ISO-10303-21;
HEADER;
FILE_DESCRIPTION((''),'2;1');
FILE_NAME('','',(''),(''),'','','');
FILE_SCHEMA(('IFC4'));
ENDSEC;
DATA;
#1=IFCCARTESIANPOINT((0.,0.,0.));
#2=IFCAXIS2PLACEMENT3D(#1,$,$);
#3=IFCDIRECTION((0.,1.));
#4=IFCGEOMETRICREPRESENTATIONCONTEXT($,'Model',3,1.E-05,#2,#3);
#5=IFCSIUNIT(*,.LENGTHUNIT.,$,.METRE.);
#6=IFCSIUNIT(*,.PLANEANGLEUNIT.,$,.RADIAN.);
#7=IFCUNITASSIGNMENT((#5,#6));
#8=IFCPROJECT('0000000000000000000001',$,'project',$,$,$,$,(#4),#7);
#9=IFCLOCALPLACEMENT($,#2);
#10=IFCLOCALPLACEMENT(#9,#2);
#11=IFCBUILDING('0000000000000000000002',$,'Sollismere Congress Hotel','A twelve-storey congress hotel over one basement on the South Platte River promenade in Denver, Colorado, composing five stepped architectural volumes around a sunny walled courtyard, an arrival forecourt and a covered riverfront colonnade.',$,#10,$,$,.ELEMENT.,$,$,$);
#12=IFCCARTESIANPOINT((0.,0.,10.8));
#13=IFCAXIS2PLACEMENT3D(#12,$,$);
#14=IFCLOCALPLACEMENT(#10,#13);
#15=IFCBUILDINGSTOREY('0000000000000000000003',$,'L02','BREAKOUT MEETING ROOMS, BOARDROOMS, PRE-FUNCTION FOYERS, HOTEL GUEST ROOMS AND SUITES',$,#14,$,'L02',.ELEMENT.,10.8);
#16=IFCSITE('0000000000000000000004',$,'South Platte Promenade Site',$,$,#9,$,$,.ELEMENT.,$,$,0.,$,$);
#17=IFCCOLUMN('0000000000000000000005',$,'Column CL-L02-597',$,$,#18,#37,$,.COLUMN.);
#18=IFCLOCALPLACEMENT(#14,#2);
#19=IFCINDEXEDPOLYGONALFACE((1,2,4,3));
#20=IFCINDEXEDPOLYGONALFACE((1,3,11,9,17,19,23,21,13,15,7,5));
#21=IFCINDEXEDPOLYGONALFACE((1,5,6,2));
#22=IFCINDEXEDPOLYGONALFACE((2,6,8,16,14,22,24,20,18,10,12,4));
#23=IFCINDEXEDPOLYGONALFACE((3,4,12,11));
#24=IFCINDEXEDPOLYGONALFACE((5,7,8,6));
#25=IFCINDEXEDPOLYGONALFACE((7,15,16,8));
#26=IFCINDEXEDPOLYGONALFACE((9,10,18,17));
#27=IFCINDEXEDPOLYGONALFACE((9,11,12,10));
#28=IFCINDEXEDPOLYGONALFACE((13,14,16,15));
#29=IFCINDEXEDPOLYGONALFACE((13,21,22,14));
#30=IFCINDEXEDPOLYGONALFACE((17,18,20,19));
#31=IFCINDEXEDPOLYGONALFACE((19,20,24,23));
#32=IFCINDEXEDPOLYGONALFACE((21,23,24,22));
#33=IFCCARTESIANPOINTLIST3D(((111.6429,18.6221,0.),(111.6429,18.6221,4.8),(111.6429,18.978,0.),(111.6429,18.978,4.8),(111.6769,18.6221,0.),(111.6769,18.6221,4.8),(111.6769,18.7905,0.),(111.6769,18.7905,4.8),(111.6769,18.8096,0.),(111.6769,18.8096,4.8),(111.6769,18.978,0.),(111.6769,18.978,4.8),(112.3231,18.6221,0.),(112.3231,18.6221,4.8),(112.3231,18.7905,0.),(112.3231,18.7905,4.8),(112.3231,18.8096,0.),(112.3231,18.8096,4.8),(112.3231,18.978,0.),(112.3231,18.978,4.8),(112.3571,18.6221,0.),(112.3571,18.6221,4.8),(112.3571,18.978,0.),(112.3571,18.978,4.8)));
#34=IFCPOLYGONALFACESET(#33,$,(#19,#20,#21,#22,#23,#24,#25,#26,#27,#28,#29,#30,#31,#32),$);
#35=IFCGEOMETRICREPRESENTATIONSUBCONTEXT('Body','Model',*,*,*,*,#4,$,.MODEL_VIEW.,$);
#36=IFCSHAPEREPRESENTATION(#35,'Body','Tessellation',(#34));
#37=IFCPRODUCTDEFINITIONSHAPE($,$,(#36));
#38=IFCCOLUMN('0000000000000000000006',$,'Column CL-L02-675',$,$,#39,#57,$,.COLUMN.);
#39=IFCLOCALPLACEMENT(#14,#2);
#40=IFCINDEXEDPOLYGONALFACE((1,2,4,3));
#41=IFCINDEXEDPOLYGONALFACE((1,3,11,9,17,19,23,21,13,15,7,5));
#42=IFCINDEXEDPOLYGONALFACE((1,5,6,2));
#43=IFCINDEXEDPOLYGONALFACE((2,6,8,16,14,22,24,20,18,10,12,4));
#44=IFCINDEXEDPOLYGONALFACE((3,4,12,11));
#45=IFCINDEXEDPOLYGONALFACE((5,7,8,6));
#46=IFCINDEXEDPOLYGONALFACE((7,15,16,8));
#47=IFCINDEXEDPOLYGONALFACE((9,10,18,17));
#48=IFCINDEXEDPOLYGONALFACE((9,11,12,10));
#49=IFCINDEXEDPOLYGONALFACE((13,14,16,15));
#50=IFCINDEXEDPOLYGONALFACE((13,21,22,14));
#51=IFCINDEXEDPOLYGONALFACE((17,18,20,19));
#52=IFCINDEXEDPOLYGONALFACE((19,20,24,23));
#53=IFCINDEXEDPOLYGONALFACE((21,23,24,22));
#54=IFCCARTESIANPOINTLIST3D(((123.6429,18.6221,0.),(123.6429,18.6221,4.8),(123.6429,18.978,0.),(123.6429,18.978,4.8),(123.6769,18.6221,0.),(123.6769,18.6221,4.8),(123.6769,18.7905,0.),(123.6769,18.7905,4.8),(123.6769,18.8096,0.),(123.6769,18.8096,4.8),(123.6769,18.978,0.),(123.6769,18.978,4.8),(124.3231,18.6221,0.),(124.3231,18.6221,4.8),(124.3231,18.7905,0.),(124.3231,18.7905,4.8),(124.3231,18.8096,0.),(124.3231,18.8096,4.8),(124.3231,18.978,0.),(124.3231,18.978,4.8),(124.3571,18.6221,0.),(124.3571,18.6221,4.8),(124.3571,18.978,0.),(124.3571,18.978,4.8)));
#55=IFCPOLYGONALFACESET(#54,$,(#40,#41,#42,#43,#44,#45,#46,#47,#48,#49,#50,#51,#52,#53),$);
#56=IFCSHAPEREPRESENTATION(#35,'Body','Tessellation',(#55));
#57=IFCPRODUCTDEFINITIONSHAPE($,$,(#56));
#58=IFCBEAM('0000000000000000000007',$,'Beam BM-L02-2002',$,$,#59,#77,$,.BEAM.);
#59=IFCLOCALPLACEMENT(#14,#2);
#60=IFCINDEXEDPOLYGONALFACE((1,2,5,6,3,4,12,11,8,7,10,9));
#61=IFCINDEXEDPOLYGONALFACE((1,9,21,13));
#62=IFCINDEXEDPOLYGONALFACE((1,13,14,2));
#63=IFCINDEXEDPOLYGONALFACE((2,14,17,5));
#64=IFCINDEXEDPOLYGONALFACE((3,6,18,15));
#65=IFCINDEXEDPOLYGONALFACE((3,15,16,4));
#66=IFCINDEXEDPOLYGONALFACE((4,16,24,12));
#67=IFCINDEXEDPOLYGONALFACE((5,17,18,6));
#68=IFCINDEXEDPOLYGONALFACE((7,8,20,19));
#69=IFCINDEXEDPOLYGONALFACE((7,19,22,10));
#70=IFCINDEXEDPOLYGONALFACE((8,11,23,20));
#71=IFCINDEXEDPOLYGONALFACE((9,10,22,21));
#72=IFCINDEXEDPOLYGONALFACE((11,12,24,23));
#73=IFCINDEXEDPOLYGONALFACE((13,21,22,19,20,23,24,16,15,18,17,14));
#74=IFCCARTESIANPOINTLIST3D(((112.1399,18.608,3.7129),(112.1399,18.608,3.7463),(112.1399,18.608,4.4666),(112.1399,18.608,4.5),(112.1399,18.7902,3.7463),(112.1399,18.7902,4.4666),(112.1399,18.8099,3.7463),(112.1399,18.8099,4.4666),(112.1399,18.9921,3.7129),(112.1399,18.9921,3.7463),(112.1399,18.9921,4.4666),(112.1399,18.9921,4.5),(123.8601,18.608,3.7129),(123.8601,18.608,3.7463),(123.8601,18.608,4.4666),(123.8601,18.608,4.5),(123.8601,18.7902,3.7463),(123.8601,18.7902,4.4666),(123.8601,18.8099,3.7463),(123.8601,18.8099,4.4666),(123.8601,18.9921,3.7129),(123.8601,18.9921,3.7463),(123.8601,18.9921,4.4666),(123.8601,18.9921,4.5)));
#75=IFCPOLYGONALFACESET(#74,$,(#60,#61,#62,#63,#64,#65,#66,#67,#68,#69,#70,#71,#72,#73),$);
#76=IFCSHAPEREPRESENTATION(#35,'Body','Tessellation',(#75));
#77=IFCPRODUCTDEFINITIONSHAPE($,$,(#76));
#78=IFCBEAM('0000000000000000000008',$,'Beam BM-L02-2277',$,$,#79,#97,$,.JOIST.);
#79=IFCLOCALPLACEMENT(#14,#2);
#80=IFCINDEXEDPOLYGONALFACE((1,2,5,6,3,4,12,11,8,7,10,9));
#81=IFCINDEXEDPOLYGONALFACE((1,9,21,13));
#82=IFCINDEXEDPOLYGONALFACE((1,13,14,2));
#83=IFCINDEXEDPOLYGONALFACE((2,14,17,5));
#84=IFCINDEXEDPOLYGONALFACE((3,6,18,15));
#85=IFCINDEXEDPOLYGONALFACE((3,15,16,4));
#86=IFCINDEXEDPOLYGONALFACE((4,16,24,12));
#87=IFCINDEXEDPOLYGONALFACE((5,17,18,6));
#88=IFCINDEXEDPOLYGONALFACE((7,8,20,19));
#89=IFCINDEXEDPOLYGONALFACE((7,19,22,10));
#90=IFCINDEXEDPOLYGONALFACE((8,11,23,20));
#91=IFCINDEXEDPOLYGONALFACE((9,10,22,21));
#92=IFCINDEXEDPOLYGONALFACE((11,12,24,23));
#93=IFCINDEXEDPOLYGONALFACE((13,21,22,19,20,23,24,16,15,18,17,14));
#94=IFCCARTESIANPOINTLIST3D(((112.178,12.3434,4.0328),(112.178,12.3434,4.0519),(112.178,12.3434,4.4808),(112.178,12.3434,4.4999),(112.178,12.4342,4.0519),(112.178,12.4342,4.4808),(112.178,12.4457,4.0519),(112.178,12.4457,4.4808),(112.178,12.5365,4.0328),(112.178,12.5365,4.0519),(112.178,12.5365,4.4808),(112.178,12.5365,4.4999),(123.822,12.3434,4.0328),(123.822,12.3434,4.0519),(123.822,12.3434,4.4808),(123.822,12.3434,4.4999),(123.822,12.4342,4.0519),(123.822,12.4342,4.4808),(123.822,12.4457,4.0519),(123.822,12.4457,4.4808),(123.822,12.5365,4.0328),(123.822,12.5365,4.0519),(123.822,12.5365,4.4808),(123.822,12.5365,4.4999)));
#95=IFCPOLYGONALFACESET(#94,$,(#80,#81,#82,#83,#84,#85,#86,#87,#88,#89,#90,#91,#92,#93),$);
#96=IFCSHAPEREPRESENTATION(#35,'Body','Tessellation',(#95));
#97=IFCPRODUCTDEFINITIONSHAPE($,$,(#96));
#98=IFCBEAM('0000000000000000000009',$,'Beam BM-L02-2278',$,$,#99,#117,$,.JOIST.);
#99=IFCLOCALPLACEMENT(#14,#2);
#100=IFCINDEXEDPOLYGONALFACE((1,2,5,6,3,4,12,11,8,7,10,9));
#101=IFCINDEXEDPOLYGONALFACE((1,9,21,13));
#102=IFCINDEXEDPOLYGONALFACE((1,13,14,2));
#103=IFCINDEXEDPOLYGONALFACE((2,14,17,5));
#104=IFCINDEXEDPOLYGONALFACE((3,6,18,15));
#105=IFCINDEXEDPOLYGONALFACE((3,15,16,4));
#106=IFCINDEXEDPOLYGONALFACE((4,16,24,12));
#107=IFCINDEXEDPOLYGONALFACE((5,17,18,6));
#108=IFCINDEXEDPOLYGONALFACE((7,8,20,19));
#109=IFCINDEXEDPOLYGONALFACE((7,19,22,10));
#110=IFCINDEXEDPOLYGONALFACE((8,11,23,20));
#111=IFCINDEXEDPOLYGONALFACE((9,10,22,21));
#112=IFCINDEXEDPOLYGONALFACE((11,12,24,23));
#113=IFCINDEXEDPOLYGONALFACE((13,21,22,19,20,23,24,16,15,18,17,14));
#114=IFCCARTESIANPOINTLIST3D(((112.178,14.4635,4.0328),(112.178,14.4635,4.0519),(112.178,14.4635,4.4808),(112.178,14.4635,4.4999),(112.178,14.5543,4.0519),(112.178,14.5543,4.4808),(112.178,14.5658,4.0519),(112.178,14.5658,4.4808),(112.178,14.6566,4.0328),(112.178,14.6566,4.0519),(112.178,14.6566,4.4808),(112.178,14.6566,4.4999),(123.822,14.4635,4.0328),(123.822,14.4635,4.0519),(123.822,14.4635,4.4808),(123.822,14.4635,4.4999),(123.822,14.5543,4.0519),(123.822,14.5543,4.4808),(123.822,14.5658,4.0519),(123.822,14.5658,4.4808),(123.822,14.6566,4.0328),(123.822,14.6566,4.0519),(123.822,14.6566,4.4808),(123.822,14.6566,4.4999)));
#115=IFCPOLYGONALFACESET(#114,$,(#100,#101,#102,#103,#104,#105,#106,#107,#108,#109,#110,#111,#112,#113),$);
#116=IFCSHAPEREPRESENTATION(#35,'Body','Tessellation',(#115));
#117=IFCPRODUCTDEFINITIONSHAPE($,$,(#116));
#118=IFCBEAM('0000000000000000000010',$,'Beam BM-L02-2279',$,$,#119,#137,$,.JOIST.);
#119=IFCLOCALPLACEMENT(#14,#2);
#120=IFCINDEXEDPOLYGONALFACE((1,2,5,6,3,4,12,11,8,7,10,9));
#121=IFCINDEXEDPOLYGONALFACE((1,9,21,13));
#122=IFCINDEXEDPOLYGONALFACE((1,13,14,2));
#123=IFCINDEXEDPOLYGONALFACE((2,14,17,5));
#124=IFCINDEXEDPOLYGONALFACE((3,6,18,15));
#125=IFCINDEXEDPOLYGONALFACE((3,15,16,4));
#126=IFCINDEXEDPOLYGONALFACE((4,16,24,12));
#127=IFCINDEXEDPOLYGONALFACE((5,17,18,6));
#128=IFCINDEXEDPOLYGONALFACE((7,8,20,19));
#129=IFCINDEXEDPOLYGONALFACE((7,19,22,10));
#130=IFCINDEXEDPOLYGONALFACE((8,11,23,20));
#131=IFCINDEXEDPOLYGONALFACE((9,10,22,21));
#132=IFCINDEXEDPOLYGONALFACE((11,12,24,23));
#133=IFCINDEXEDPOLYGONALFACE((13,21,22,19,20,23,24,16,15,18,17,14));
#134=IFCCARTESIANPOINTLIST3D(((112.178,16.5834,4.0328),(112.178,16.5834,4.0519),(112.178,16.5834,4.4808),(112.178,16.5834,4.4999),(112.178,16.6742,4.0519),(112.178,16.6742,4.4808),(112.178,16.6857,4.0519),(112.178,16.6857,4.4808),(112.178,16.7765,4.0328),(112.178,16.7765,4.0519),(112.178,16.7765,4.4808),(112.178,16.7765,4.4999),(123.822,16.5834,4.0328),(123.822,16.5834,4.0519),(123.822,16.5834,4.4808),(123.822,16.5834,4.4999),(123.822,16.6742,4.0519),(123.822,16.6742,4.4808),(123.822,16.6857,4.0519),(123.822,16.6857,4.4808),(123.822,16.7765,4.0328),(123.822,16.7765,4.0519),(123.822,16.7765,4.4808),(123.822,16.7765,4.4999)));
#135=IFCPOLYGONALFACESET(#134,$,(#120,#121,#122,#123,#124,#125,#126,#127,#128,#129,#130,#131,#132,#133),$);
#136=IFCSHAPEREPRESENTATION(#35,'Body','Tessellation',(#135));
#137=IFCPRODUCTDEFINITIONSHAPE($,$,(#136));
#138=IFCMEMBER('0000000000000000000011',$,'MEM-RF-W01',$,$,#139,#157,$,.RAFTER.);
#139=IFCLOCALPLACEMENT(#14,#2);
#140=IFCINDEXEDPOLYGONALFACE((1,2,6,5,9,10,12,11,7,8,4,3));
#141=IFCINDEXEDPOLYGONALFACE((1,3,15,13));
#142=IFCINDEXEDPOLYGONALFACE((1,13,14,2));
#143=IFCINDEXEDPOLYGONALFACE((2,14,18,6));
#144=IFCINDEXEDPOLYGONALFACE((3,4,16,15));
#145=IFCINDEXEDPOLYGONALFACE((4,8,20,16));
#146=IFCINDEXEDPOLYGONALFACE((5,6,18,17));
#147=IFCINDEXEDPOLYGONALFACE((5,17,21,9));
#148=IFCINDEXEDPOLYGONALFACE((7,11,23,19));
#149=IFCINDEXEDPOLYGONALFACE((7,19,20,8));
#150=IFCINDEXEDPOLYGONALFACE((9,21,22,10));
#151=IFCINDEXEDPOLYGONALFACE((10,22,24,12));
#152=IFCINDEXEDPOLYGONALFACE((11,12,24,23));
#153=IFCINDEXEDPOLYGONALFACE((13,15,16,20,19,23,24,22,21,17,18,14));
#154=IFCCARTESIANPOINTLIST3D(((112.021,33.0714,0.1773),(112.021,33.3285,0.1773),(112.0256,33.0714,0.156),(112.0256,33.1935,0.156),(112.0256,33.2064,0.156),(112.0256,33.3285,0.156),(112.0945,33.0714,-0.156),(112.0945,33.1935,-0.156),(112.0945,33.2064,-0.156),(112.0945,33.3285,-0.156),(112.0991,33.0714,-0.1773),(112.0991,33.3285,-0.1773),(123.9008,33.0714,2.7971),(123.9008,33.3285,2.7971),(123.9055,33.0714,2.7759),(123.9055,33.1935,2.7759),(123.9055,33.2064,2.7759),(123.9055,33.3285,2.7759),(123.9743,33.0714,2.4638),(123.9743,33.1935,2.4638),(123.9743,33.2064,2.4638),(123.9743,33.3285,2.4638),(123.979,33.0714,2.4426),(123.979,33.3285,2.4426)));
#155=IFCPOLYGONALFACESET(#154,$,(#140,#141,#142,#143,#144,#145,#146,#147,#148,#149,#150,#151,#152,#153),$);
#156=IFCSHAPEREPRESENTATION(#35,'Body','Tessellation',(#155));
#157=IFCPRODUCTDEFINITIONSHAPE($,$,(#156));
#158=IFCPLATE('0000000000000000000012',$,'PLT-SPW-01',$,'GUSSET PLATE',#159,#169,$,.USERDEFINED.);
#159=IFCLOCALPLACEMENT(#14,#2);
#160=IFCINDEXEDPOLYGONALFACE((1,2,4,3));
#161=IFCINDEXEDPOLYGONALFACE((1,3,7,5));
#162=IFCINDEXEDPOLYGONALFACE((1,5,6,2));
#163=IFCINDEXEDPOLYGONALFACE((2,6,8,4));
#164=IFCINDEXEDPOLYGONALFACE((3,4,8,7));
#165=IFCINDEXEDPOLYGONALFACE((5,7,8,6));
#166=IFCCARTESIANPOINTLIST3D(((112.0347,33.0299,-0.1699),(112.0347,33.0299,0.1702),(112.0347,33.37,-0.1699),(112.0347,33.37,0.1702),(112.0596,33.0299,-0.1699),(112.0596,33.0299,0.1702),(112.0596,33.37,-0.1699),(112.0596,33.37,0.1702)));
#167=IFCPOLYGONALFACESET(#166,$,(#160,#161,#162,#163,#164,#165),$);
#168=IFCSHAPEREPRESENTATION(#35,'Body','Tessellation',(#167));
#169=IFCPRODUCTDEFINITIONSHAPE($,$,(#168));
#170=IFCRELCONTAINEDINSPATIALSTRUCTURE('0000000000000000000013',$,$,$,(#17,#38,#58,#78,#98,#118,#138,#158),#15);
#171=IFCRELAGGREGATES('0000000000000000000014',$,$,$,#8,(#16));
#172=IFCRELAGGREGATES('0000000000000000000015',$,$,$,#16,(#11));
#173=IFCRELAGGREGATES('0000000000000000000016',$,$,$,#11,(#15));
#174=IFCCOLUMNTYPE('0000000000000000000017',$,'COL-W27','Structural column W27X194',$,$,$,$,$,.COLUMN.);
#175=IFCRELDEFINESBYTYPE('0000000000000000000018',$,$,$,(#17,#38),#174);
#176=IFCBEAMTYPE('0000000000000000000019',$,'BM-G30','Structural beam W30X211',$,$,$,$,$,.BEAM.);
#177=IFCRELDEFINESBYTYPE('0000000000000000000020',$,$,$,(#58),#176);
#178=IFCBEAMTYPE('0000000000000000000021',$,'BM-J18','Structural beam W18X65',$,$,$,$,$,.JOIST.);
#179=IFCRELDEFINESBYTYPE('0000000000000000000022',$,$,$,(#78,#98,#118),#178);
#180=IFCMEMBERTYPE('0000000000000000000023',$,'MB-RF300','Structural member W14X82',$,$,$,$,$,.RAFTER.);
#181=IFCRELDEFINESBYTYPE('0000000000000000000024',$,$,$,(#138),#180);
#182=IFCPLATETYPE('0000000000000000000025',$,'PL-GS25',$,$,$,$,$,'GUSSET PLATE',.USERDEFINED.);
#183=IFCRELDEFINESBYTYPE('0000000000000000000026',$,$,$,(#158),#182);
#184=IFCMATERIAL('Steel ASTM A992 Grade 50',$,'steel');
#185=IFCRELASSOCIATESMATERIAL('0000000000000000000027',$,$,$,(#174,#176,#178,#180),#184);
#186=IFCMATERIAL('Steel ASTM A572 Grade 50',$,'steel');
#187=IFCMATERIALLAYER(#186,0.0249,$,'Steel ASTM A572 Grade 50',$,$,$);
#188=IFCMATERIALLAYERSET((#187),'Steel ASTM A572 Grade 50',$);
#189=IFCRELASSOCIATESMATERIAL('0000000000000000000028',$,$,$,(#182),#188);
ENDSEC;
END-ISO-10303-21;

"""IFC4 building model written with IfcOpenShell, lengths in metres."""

from ifc_helpers import new_model, si_unit, direction, frame, origin, origin_2d, place, context, subcontext, project, spatial, rectangle, i_section, extrude, material, layer, layer_set, material_profile, profile_set, type_object, element, save


model = new_model("IFC4")

# Units and contexts
model_context = context("Model", 3, precision=1e-05, world=origin(), true_north=direction((0.0, 1.0)))
body_context = subcontext(model_context, "Body", "Model", "MODEL_VIEW")
ifc_project = project(units=[si_unit("LENGTHUNIT", "METRE"), si_unit("PLANEANGLEUNIT", "RADIAN")], contexts=[model_context])

# Site, building, storey
site_placement = place(None, origin())
site = spatial("IfcSite", under=ifc_project, at=site_placement, Name="South Platte Promenade Site", CompositionType="ELEMENT", RefElevation=0.0)
building_placement = place(site_placement, origin())
building = spatial("IfcBuilding", under=site, at=building_placement, Name="Sollismere Congress Hotel", Description="A twelve-storey congress hotel over one basement on the South Platte River promenade in Denver, Colorado, composing five stepped architectural volumes around a sunny walled courtyard, an arrival forecourt and a covered riverfront colonnade.", CompositionType="ELEMENT")
storey_placement = place(building_placement, frame((0.0, 0.0, 10.8)))
storey = spatial("IfcBuildingStorey", under=building, at=storey_placement, Name="L02", Description="BREAKOUT MEETING ROOMS, BOARDROOMS, PRE-FUNCTION FOYERS, HOTEL GUEST ROOMS AND SUITES", LongName="L02", CompositionType="ELEMENT", Elevation=10.8)

# Columns
ifc_material_1 = material(Name="Steel ASTM A992 Grade 50", Category="steel")
ifc_material_profile_1 = material_profile(ifc_material_1, i_section(OverallWidth=0.356, OverallDepth=0.7141, WebThickness=0.019, FlangeThickness=0.0339, at=origin_2d()), Name="W27X194")
ifc_profile_set_1 = profile_set([ifc_material_profile_1], Name="Steel ASTM A992 Grade 50")
column_type = type_object("IfcColumnType", Name="COL-W27", Description="Structural column W27X194", PredefinedType="COLUMN", material=ifc_profile_set_1)
for number, where, z_axis, x_axis, name in (
    (1, (112.0, 18.8, 0.0), (0.0, 0.0, 1.0), (0.0, 1.0, 0.0), "Column CL-L02-597"),
    (2, (124.0, 18.8, 0.0), (0.0, 0.0, 1.0), (0.0, 1.0, 0.0), "Column CL-L02-675"),
):
    element("IfcColumn", number, at=place(storey_placement, frame(where, z_axis=z_axis, x_axis=x_axis)), inside=storey, type_object=column_type, Name=name, PredefinedType="COLUMN", context=body_context, shape_type="SweptSolid", body=[
        extrude(i_section(OverallWidth=0.356, OverallDepth=0.7141, WebThickness=0.019, FlangeThickness=0.0339, at=origin_2d()), origin(), (0.0, 0.0, 1.0), 4.8),
    ])

# Beams
ifc_material_profile_2 = material_profile(ifc_material_1, i_section(OverallWidth=0.384, OverallDepth=0.7871, WebThickness=0.0198, FlangeThickness=0.0334, at=origin_2d()), Name="W30X211")
ifc_profile_set_2 = profile_set([ifc_material_profile_2], Name="Steel ASTM A992 Grade 50")
beam_type_1 = type_object("IfcBeamType", Name="BM-G30", Description="Structural beam W30X211", PredefinedType="BEAM", material=ifc_profile_set_2)
beam_placement = place(storey_placement, frame((112.1399, 18.8, 4.1064), z_axis=(1.0, 0.0, 0.0), x_axis=(0.0, 1.0, 0.0)))
element("IfcBeam", 3, at=beam_placement, inside=storey, type_object=beam_type_1, Name="Beam BM-L02-2002", PredefinedType="BEAM", context=body_context, shape_type="SweptSolid", body=[
    extrude(i_section(OverallWidth=0.384, OverallDepth=0.7871, WebThickness=0.0198, FlangeThickness=0.0334, at=origin_2d()), origin(), (0.0, 0.0, 1.0), 11.7202),
])
ifc_material_profile_3 = material_profile(ifc_material_1, i_section(OverallWidth=0.1931, OverallDepth=0.467, WebThickness=0.0115, FlangeThickness=0.019, at=origin_2d()), Name="W18X65")
ifc_profile_set_3 = profile_set([ifc_material_profile_3], Name="Steel ASTM A992 Grade 50")
beam_type_2 = type_object("IfcBeamType", Name="BM-J18", Description="Structural beam W18X65", PredefinedType="JOIST", material=ifc_profile_set_3)
for number, where, z_axis, x_axis, name in (
    (4, (112.178, 12.4399, 4.2664), (1.0, 0.0, 0.0), (0.0, 1.0, 0.0), "Beam BM-L02-2277"),
    (5, (112.178, 14.5601, 4.2664), (1.0, 0.0, 0.0), (0.0, 1.0, 0.0), "Beam BM-L02-2278"),
    (6, (112.178, 16.6799, 4.2664), (1.0, 0.0, 0.0), (0.0, 1.0, 0.0), "Beam BM-L02-2279"),
):
    element("IfcBeam", number, at=place(storey_placement, frame(where, z_axis=z_axis, x_axis=x_axis)), inside=storey, type_object=beam_type_2, Name=name, PredefinedType="JOIST", context=body_context, shape_type="SweptSolid", body=[
        extrude(i_section(OverallWidth=0.1931, OverallDepth=0.467, WebThickness=0.0115, FlangeThickness=0.019, at=origin_2d()), origin(), (0.0, 0.0, 1.0), 11.644),
    ])

# Member
ifc_material_profile_4 = material_profile(ifc_material_1, i_section(OverallWidth=0.2571, OverallDepth=0.363, WebThickness=0.0129, FlangeThickness=0.0217, at=origin_2d()), Name="W14X82")
ifc_profile_set_4 = profile_set([ifc_material_profile_4], Name="Steel ASTM A992 Grade 50")
member_type = type_object("IfcMemberType", Name="MB-RF300", Description="Structural member W14X82", PredefinedType="RAFTER", material=ifc_profile_set_4)
member_placement = place(storey_placement, frame((112.0601, 33.2, 0.0), z_axis=(0.976536, 0.0, 0.215356), x_axis=(0.0, 1.0, 0.0)))
element("IfcMember", 7, at=member_placement, inside=storey, type_object=member_type, Name="MEM-RF-W01", PredefinedType="RAFTER", context=body_context, shape_type="SweptSolid", body=[
    extrude(i_section(OverallWidth=0.2571, OverallDepth=0.363, WebThickness=0.0129, FlangeThickness=0.0217, at=origin_2d()), origin(), (0.0, 0.0, 1.0), 12.1653),
])

# Plate
ifc_material_2 = material(Name="Steel ASTM A572 Grade 50", Category="steel")
ifc_layer_1 = layer(ifc_material_2, 0.0249, Name="Steel ASTM A572 Grade 50")
ifc_layer_set_1 = layer_set([ifc_layer_1], Name="Steel ASTM A572 Grade 50")
plate_type = type_object("IfcPlateType", Name="PL-GS25", ElementType="GUSSET PLATE", PredefinedType="USERDEFINED", material=ifc_layer_set_1)
plate_placement = place(storey_placement, frame((112.0471, 33.2, -0.1699), z_axis=(0.0, 0.0, 1.0), x_axis=(1.0, 0.0, 0.0)))
element("IfcPlate", 8, at=plate_placement, inside=storey, type_object=plate_type, Name="PLT-SPW-01", ObjectType="GUSSET PLATE", PredefinedType="USERDEFINED", context=body_context, shape_type="SweptSolid", body=[
    extrude(rectangle(XDim=0.0249, YDim=0.3401, at=origin_2d()), origin(), (0.0, 0.0, 1.0), 0.3401),
])

save(model, "model.ifc")
